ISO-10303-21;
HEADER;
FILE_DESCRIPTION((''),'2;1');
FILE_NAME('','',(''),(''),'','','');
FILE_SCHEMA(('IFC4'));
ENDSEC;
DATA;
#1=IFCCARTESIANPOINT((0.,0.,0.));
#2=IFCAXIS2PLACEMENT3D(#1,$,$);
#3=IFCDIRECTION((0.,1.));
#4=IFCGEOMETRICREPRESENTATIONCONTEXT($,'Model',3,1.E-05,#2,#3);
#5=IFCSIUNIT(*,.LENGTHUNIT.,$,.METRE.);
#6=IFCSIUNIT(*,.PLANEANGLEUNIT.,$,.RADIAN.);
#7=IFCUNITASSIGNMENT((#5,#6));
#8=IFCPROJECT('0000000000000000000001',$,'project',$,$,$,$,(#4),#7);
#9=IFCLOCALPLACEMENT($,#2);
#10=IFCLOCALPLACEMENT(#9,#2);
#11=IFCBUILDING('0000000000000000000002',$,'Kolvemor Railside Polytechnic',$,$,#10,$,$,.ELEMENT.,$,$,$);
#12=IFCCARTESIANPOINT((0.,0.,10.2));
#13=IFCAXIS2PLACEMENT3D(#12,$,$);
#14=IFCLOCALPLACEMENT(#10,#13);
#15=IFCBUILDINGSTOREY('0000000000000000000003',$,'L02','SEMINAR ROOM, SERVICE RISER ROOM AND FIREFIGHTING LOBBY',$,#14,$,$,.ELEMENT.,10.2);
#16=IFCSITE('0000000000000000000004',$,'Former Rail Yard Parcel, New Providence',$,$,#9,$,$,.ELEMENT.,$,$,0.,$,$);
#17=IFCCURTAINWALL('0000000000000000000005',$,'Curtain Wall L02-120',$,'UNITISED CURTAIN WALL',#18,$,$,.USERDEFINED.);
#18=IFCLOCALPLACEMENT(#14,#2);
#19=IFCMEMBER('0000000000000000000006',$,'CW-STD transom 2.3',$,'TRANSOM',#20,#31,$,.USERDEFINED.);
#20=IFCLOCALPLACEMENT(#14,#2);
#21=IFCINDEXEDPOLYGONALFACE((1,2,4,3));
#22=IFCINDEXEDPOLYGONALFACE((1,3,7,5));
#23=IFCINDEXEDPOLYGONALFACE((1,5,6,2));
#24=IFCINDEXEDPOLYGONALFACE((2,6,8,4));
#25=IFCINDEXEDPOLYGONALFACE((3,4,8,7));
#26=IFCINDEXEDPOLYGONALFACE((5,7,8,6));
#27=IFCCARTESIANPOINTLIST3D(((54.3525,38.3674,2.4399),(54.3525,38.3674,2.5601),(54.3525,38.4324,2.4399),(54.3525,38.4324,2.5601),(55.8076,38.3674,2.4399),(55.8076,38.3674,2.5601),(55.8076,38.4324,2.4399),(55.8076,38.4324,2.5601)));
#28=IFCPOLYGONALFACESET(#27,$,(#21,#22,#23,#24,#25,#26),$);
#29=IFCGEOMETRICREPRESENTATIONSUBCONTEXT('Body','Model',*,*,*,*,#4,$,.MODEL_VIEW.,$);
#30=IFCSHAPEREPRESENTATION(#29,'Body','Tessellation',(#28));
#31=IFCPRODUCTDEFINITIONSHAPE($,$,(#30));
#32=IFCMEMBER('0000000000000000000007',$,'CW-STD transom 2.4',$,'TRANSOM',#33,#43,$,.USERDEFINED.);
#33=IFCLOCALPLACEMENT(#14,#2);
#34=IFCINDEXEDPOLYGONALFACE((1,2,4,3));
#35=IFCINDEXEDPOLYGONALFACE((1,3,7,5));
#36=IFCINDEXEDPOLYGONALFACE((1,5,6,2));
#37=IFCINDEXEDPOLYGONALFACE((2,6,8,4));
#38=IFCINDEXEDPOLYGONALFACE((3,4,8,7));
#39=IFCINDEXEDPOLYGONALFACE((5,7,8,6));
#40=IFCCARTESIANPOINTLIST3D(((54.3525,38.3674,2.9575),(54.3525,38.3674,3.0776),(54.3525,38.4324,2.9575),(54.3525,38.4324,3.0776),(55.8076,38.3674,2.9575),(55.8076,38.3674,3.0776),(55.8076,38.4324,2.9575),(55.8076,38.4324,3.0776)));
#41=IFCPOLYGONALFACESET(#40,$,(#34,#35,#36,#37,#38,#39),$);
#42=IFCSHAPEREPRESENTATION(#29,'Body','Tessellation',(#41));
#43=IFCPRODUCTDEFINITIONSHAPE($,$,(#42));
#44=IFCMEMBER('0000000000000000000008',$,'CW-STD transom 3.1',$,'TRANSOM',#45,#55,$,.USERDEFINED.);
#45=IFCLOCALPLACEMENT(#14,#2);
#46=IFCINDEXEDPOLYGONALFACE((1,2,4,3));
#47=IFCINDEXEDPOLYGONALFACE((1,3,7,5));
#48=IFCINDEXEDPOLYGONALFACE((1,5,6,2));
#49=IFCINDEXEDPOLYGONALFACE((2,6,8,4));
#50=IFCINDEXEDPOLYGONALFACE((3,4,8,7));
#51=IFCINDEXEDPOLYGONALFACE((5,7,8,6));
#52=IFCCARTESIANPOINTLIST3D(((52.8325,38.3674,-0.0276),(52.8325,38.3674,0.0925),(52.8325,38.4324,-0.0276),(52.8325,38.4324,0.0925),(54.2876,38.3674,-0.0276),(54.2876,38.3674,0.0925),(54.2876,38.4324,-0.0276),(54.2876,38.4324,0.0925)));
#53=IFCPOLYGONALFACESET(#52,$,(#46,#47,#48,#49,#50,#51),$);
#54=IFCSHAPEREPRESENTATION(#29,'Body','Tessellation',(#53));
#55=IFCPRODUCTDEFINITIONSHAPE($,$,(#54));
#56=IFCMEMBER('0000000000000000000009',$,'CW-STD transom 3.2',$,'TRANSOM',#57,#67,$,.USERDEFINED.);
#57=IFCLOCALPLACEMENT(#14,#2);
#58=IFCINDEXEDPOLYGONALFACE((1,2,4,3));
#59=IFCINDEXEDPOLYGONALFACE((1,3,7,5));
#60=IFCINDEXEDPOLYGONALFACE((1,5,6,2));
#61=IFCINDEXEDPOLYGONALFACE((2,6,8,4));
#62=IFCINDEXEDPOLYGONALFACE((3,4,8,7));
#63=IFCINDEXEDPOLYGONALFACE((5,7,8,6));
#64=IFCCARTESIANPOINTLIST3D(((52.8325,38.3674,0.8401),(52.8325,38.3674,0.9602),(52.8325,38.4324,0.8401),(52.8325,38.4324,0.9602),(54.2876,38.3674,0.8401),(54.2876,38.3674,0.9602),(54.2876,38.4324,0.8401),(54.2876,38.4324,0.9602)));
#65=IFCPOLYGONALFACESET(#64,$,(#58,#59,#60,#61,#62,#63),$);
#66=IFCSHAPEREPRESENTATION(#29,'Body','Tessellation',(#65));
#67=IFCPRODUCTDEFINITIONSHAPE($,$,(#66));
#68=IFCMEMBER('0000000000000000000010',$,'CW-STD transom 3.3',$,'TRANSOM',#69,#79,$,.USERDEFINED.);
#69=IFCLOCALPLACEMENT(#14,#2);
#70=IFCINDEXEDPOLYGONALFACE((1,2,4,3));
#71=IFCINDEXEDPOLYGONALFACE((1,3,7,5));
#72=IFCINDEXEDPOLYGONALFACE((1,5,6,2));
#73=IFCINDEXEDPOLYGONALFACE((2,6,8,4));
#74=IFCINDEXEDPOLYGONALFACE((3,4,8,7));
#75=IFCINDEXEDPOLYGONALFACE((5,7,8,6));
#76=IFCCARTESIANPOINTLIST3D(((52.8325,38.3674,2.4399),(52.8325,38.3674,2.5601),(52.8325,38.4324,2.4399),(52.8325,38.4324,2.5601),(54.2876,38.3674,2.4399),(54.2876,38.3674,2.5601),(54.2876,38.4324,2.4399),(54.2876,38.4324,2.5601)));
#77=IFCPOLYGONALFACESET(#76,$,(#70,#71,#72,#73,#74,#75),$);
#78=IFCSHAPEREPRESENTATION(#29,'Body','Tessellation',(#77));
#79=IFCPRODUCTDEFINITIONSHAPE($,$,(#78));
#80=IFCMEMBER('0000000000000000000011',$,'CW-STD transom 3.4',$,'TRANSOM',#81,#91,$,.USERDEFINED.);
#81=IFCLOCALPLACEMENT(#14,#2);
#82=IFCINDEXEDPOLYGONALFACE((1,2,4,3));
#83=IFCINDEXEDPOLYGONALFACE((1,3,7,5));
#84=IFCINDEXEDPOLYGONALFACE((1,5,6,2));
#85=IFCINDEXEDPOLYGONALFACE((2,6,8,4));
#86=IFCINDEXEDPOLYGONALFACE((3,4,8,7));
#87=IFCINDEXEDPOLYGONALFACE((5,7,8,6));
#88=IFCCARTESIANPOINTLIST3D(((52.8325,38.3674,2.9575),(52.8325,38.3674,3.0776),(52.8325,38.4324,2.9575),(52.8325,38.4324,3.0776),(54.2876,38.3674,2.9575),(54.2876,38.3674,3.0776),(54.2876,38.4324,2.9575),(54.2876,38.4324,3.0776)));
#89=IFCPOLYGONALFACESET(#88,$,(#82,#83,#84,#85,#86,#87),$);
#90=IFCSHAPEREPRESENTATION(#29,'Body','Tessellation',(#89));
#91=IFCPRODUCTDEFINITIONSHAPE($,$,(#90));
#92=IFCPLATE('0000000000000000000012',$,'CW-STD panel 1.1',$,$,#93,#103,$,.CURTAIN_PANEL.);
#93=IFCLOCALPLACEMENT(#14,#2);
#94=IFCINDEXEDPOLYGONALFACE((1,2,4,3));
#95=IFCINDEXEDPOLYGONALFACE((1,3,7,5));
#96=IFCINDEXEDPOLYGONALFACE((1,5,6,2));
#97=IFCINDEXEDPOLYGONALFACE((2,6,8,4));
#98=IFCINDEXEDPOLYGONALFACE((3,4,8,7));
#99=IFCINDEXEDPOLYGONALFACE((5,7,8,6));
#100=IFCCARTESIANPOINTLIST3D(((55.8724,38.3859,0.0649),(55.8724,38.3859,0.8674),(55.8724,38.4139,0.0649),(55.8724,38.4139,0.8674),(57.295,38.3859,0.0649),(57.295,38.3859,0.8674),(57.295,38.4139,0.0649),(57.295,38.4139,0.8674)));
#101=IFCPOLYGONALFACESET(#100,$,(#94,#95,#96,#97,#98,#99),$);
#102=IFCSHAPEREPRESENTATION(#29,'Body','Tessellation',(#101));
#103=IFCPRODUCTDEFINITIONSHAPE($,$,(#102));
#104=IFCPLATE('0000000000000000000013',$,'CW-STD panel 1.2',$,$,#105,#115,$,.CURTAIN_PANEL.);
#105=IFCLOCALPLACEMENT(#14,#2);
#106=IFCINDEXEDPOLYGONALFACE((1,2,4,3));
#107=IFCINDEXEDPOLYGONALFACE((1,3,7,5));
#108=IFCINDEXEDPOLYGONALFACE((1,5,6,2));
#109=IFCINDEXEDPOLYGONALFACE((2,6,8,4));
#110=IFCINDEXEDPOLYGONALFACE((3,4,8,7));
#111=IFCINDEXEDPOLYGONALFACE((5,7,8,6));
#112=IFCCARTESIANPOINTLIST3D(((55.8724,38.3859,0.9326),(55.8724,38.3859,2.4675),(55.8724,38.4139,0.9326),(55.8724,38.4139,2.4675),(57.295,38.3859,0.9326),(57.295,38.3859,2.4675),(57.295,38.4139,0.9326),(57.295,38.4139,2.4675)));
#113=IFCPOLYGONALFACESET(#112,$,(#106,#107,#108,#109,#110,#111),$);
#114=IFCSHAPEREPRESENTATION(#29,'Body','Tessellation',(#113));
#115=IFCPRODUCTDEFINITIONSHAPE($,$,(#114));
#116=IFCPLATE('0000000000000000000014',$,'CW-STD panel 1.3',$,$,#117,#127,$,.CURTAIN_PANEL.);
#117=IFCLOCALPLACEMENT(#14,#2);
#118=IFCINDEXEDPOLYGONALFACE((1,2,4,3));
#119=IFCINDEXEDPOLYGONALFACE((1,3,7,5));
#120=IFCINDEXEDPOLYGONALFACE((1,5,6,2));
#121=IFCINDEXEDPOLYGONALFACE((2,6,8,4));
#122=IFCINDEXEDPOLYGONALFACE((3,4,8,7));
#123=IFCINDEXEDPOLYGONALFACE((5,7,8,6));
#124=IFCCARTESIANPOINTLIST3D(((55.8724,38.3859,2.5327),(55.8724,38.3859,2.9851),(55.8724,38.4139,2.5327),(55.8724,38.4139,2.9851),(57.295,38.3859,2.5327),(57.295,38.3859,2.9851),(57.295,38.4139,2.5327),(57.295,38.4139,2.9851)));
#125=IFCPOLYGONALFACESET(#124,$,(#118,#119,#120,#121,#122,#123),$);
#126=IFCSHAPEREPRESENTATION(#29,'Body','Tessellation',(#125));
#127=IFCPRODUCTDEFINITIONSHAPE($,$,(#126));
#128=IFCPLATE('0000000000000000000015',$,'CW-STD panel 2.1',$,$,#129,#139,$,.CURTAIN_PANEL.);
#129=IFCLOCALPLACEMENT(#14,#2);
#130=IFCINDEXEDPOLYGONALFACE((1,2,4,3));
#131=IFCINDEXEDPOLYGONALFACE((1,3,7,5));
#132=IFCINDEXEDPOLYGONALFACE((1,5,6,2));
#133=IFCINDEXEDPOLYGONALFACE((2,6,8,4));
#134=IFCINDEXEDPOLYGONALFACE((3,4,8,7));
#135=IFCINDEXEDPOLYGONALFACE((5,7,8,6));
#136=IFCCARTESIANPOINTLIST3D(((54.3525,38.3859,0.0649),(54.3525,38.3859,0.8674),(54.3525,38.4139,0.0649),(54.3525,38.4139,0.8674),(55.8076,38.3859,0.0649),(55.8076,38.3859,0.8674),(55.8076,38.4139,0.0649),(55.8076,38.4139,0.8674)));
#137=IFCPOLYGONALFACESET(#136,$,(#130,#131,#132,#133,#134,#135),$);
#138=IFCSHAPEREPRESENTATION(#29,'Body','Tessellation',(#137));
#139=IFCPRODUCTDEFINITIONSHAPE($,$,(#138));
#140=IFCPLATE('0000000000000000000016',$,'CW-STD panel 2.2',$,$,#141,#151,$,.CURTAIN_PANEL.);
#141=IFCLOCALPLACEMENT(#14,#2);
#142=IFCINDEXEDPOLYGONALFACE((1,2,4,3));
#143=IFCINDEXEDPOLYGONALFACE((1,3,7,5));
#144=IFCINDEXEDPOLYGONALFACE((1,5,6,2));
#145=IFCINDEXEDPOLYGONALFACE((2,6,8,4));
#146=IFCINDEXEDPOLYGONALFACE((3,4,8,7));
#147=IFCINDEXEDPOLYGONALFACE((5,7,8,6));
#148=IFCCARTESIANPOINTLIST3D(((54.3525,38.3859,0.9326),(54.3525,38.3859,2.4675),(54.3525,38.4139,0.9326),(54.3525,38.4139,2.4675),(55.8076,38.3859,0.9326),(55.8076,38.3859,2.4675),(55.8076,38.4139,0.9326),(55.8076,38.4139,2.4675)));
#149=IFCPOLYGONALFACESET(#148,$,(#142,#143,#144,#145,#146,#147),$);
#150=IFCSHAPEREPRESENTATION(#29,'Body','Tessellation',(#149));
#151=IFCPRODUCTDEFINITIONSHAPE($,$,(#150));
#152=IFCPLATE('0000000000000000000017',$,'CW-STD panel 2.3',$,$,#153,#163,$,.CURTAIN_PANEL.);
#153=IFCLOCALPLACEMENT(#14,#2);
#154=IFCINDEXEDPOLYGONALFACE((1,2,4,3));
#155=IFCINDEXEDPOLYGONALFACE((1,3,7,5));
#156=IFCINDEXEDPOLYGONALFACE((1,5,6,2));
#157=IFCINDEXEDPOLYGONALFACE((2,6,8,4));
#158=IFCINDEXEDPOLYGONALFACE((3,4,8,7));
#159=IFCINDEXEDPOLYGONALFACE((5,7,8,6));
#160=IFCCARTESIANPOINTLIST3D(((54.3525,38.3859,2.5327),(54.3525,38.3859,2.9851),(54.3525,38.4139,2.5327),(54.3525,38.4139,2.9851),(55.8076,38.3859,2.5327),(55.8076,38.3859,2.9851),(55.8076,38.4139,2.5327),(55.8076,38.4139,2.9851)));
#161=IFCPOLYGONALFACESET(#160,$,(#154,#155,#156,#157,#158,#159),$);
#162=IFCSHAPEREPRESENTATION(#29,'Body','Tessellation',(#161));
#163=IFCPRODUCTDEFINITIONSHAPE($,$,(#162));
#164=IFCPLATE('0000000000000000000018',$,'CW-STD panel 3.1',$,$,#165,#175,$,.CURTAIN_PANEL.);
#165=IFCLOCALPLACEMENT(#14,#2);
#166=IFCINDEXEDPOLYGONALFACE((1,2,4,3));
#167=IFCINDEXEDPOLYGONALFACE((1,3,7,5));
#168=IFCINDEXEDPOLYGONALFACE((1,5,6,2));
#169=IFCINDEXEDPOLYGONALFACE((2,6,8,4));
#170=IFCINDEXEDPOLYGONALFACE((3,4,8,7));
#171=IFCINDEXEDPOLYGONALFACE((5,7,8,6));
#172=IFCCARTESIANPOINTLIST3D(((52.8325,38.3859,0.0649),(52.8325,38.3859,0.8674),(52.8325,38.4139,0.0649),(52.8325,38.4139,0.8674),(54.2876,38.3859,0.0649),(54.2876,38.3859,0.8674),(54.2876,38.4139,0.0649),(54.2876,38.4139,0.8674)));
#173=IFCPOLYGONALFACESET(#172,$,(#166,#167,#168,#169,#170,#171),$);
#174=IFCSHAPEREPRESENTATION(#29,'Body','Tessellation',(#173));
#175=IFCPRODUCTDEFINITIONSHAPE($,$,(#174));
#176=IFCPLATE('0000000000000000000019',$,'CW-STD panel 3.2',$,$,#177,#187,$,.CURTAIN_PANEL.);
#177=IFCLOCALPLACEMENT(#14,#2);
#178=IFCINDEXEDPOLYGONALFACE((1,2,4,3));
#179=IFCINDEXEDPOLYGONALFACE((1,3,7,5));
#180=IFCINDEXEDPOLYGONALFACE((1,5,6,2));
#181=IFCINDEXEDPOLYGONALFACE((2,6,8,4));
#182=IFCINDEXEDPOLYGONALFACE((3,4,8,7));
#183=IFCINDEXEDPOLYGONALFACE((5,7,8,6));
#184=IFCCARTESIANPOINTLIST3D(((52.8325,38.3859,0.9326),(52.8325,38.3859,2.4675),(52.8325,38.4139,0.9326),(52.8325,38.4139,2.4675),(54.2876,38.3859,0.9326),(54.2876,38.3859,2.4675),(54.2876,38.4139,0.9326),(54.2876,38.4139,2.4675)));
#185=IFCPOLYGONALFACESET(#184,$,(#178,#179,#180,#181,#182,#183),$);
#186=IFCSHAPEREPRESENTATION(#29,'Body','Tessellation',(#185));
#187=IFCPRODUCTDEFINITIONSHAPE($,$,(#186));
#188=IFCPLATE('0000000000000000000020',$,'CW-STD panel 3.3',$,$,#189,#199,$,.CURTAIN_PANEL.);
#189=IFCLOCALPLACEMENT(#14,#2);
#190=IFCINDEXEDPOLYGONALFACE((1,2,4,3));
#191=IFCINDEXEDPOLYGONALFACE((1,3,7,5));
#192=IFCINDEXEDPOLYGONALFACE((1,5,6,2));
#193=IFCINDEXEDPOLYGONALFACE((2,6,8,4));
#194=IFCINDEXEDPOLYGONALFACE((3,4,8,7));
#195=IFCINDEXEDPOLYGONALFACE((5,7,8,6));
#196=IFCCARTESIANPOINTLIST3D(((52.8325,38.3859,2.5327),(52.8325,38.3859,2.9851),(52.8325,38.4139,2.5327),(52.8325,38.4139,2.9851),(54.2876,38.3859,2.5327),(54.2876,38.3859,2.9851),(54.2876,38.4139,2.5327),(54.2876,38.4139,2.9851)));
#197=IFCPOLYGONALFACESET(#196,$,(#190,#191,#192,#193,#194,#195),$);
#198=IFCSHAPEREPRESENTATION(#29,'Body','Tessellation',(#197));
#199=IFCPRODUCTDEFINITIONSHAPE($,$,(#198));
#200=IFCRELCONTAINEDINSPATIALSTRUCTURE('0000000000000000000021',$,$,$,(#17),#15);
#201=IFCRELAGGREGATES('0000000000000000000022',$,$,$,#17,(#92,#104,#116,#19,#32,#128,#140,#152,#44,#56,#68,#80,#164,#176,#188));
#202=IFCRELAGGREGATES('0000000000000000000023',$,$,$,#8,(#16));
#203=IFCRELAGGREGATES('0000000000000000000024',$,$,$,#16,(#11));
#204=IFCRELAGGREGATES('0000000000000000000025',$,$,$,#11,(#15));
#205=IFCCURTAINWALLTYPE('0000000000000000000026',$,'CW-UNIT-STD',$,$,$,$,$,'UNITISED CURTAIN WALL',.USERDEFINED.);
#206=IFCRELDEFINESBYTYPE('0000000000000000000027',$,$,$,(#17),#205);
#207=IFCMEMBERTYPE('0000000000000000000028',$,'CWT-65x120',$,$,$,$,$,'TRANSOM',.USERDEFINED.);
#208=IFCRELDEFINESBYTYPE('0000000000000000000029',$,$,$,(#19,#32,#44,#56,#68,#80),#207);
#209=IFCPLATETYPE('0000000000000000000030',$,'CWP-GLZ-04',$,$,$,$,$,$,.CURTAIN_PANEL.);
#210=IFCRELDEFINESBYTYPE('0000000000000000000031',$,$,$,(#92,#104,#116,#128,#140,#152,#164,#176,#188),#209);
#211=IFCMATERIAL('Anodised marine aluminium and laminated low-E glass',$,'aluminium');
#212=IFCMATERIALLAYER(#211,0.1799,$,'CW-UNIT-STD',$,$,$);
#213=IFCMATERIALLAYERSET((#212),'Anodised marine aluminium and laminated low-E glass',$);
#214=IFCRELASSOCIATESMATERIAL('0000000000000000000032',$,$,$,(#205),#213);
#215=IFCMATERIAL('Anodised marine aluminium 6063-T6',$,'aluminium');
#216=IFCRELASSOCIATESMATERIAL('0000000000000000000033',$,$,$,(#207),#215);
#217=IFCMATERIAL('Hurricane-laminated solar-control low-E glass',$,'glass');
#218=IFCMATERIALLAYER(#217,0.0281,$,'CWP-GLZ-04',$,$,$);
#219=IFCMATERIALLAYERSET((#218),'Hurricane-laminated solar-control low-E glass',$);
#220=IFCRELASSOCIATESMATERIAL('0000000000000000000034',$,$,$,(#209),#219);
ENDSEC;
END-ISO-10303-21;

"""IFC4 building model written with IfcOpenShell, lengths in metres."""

from ifc_helpers import new_model, si_unit, direction, frame, origin, origin_2d, place, context, subcontext, project, spatial, rectangle, extrude, material, layer, layer_set, material_profile, profile_set, type_object, element, aggregate, save


model = new_model("IFC4")

# Units and contexts
model_context = context("Model", 3, precision=1e-05, world=origin(), true_north=direction((0.0, 1.0)))
body_context = subcontext(model_context, "Body", "Model", "MODEL_VIEW")
ifc_project = project(units=[si_unit("LENGTHUNIT", "METRE"), si_unit("PLANEANGLEUNIT", "RADIAN")], contexts=[model_context])

# Site, building, storey
site_placement = place(None, origin())
site = spatial("IfcSite", under=ifc_project, at=site_placement, Name="Former Rail Yard Parcel, New Providence", CompositionType="ELEMENT", RefElevation=0.0)
building_placement = place(site_placement, origin())
building = spatial("IfcBuilding", under=site, at=building_placement, Name="Kolvemor Railside Polytechnic", CompositionType="ELEMENT")
storey_placement = place(building_placement, frame((0.0, 0.0, 10.2)))
storey = spatial("IfcBuildingStorey", under=building, at=storey_placement, Name="L02", Description="SEMINAR ROOM, SERVICE RISER ROOM AND FIREFIGHTING LOBBY", CompositionType="ELEMENT", Elevation=10.2)

# Curtain wall, members, plates
ifc_material_1 = material(Name="Anodised marine aluminium and laminated low-E glass", Category="aluminium")
ifc_layer_1 = layer(ifc_material_1, 0.1799, Name="CW-UNIT-STD")
ifc_layer_set_1 = layer_set([ifc_layer_1], Name="Anodised marine aluminium and laminated low-E glass")
curtain_wall_type = type_object("IfcCurtainWallType", Name="CW-UNIT-STD", ElementType="UNITISED CURTAIN WALL", PredefinedType="USERDEFINED", material=ifc_layer_set_1)
curtain_wall_placement = place(storey_placement, origin())
curtain_wall = element("IfcCurtainWall", 1, at=curtain_wall_placement, inside=storey, type_object=curtain_wall_type, Name="Curtain Wall L02-120", ObjectType="UNITISED CURTAIN WALL", PredefinedType="USERDEFINED")
ifc_material_2 = material(Name="Anodised marine aluminium 6063-T6", Category="aluminium")
ifc_material_profile_1 = material_profile(ifc_material_2, rectangle(XDim=0.0649, YDim=0.1201, at=origin_2d()), Name="CW-TRN-65x120")
ifc_profile_set_1 = profile_set([ifc_material_profile_1], Name="Anodised marine aluminium 6063-T6")
member_type_1 = type_object("IfcMemberType", Name="CWT-65x120", ElementType="TRANSOM", PredefinedType="USERDEFINED", material=ifc_profile_set_1)
member_1_placement = place(storey_placement, frame((55.8076, 38.3999, 2.5), z_axis=(-1.0, 0.0, 0.0), x_axis=(0.0, -1.0, 0.0)))
member_1 = element("IfcMember", 2, at=member_1_placement, type_object=member_type_1, Name="CW-STD transom 2.3", ObjectType="TRANSOM", PredefinedType="USERDEFINED", context=body_context, shape_type="SweptSolid", body=[
    extrude(rectangle(XDim=0.0649, YDim=0.1201, at=origin_2d()), origin(), (0.0, 0.0, 1.0), 1.4551),
])
member_2_placement = place(storey_placement, frame((55.8076, 38.3999, 3.0176), z_axis=(-1.0, 0.0, 0.0), x_axis=(0.0, -1.0, 0.0)))
member_2 = element("IfcMember", 3, at=member_2_placement, type_object=member_type_1, Name="CW-STD transom 2.4", ObjectType="TRANSOM", PredefinedType="USERDEFINED", context=body_context, shape_type="SweptSolid", body=[
    extrude(rectangle(XDim=0.0649, YDim=0.1201, at=origin_2d()), origin(), (0.0, 0.0, 1.0), 1.4551),
])
member_3_placement = place(storey_placement, frame((54.2876, 38.3999, 0.0325), z_axis=(-1.0, 0.0, 0.0), x_axis=(0.0, -1.0, 0.0)))
member_3 = element("IfcMember", 4, at=member_3_placement, type_object=member_type_1, Name="CW-STD transom 3.1", ObjectType="TRANSOM", PredefinedType="USERDEFINED", context=body_context, shape_type="SweptSolid", body=[
    extrude(rectangle(XDim=0.0649, YDim=0.1201, at=origin_2d()), origin(), (0.0, 0.0, 1.0), 1.4551),
])
member_4_placement = place(storey_placement, frame((54.2876, 38.3999, 0.9001), z_axis=(-1.0, 0.0, 0.0), x_axis=(0.0, -1.0, 0.0)))
member_4 = element("IfcMember", 5, at=member_4_placement, type_object=member_type_1, Name="CW-STD transom 3.2", ObjectType="TRANSOM", PredefinedType="USERDEFINED", context=body_context, shape_type="SweptSolid", body=[
    extrude(rectangle(XDim=0.0649, YDim=0.1201, at=origin_2d()), origin(), (0.0, 0.0, 1.0), 1.4551),
])
member_5_placement = place(storey_placement, frame((54.2876, 38.3999, 2.5), z_axis=(-1.0, 0.0, 0.0), x_axis=(0.0, -1.0, 0.0)))
member_5 = element("IfcMember", 6, at=member_5_placement, type_object=member_type_1, Name="CW-STD transom 3.3", ObjectType="TRANSOM", PredefinedType="USERDEFINED", context=body_context, shape_type="SweptSolid", body=[
    extrude(rectangle(XDim=0.0649, YDim=0.1201, at=origin_2d()), origin(), (0.0, 0.0, 1.0), 1.4551),
])
member_6_placement = place(storey_placement, frame((54.2876, 38.3999, 3.0176), z_axis=(-1.0, 0.0, 0.0), x_axis=(0.0, -1.0, 0.0)))
member_6 = element("IfcMember", 7, at=member_6_placement, type_object=member_type_1, Name="CW-STD transom 3.4", ObjectType="TRANSOM", PredefinedType="USERDEFINED", context=body_context, shape_type="SweptSolid", body=[
    extrude(rectangle(XDim=0.0649, YDim=0.1201, at=origin_2d()), origin(), (0.0, 0.0, 1.0), 1.4551),
])
ifc_material_3 = material(Name="Hurricane-laminated solar-control low-E glass", Category="glass")
ifc_layer_2 = layer(ifc_material_3, 0.0281, Name="CWP-GLZ-04")
ifc_layer_set_2 = layer_set([ifc_layer_2], Name="Hurricane-laminated solar-control low-E glass")
plate_type = type_object("IfcPlateType", Name="CWP-GLZ-04", PredefinedType="CURTAIN_PANEL", material=ifc_layer_set_2)
plate_1_placement = place(storey_placement, frame((56.5837, 38.3999, 0.0649), z_axis=(0.0, 0.0, 1.0), x_axis=(-1.0, 0.0, 0.0)))
plate_1 = element("IfcPlate", 8, at=plate_1_placement, type_object=plate_type, Name="CW-STD panel 1.1", PredefinedType="CURTAIN_PANEL", context=body_context, shape_type="SweptSolid", body=[
    extrude(rectangle(XDim=1.4226, YDim=0.0281, at=origin_2d()), origin(), (0.0, 0.0, 1.0), 0.8025),
])
plate_2_placement = place(storey_placement, frame((56.5837, 38.3999, 0.9326), z_axis=(0.0, 0.0, 1.0), x_axis=(-1.0, 0.0, 0.0)))
plate_2 = element("IfcPlate", 9, at=plate_2_placement, type_object=plate_type, Name="CW-STD panel 1.2", PredefinedType="CURTAIN_PANEL", context=body_context, shape_type="SweptSolid", body=[
    extrude(rectangle(XDim=1.4226, YDim=0.0281, at=origin_2d()), origin(), (0.0, 0.0, 1.0), 1.5349),
])
plate_3_placement = place(storey_placement, frame((56.5837, 38.3999, 2.5327), z_axis=(0.0, 0.0, 1.0), x_axis=(-1.0, 0.0, 0.0)))
plate_3 = element("IfcPlate", 10, at=plate_3_placement, type_object=plate_type, Name="CW-STD panel 1.3", PredefinedType="CURTAIN_PANEL", context=body_context, shape_type="SweptSolid", body=[
    extrude(rectangle(XDim=1.4226, YDim=0.0281, at=origin_2d()), origin(), (0.0, 0.0, 1.0), 0.4524),
])
plate_4_placement = place(storey_placement, frame((55.0801, 38.3999, 0.0649), z_axis=(0.0, 0.0, 1.0), x_axis=(-1.0, 0.0, 0.0)))
plate_4 = element("IfcPlate", 11, at=plate_4_placement, type_object=plate_type, Name="CW-STD panel 2.1", PredefinedType="CURTAIN_PANEL", context=body_context, shape_type="SweptSolid", body=[
    extrude(rectangle(XDim=1.4551, YDim=0.0281, at=origin_2d()), origin(), (0.0, 0.0, 1.0), 0.8025),
])
plate_5_placement = place(storey_placement, frame((55.0801, 38.3999, 0.9326), z_axis=(0.0, 0.0, 1.0), x_axis=(-1.0, 0.0, 0.0)))
plate_5 = element("IfcPlate", 12, at=plate_5_placement, type_object=plate_type, Name="CW-STD panel 2.2", PredefinedType="CURTAIN_PANEL", context=body_context, shape_type="SweptSolid", body=[
    extrude(rectangle(XDim=1.4551, YDim=0.0281, at=origin_2d()), origin(), (0.0, 0.0, 1.0), 1.5349),
])
plate_6_placement = place(storey_placement, frame((55.0801, 38.3999, 2.5327), z_axis=(0.0, 0.0, 1.0), x_axis=(-1.0, 0.0, 0.0)))
plate_6 = element("IfcPlate", 13, at=plate_6_placement, type_object=plate_type, Name="CW-STD panel 2.3", PredefinedType="CURTAIN_PANEL", context=body_context, shape_type="SweptSolid", body=[
    extrude(rectangle(XDim=1.4551, YDim=0.0281, at=origin_2d()), origin(), (0.0, 0.0, 1.0), 0.4524),
])
plate_7_placement = place(storey_placement, frame((53.5601, 38.3999, 0.0649), z_axis=(0.0, 0.0, 1.0), x_axis=(-1.0, 0.0, 0.0)))
plate_7 = element("IfcPlate", 14, at=plate_7_placement, type_object=plate_type, Name="CW-STD panel 3.1", PredefinedType="CURTAIN_PANEL", context=body_context, shape_type="SweptSolid", body=[
    extrude(rectangle(XDim=1.4551, YDim=0.0281, at=origin_2d()), origin(), (0.0, 0.0, 1.0), 0.8025),
])
plate_8_placement = place(storey_placement, frame((53.5601, 38.3999, 0.9326), z_axis=(0.0, 0.0, 1.0), x_axis=(-1.0, 0.0, 0.0)))
plate_8 = element("IfcPlate", 15, at=plate_8_placement, type_object=plate_type, Name="CW-STD panel 3.2", PredefinedType="CURTAIN_PANEL", context=body_context, shape_type="SweptSolid", body=[
    extrude(rectangle(XDim=1.4551, YDim=0.0281, at=origin_2d()), origin(), (0.0, 0.0, 1.0), 1.5349),
])
plate_9_placement = place(storey_placement, frame((53.5601, 38.3999, 2.5327), z_axis=(0.0, 0.0, 1.0), x_axis=(-1.0, 0.0, 0.0)))
plate_9 = element("IfcPlate", 16, at=plate_9_placement, type_object=plate_type, Name="CW-STD panel 3.3", PredefinedType="CURTAIN_PANEL", context=body_context, shape_type="SweptSolid", body=[
    extrude(rectangle(XDim=1.4551, YDim=0.0281, at=origin_2d()), origin(), (0.0, 0.0, 1.0), 0.4524),
])
aggregate(curtain_wall, [plate_1, plate_2, plate_3, member_1, member_2, plate_4, plate_5, plate_6, member_3, member_4, member_5, member_6, plate_7, plate_8, plate_9])

save(model, "model.ifc")
